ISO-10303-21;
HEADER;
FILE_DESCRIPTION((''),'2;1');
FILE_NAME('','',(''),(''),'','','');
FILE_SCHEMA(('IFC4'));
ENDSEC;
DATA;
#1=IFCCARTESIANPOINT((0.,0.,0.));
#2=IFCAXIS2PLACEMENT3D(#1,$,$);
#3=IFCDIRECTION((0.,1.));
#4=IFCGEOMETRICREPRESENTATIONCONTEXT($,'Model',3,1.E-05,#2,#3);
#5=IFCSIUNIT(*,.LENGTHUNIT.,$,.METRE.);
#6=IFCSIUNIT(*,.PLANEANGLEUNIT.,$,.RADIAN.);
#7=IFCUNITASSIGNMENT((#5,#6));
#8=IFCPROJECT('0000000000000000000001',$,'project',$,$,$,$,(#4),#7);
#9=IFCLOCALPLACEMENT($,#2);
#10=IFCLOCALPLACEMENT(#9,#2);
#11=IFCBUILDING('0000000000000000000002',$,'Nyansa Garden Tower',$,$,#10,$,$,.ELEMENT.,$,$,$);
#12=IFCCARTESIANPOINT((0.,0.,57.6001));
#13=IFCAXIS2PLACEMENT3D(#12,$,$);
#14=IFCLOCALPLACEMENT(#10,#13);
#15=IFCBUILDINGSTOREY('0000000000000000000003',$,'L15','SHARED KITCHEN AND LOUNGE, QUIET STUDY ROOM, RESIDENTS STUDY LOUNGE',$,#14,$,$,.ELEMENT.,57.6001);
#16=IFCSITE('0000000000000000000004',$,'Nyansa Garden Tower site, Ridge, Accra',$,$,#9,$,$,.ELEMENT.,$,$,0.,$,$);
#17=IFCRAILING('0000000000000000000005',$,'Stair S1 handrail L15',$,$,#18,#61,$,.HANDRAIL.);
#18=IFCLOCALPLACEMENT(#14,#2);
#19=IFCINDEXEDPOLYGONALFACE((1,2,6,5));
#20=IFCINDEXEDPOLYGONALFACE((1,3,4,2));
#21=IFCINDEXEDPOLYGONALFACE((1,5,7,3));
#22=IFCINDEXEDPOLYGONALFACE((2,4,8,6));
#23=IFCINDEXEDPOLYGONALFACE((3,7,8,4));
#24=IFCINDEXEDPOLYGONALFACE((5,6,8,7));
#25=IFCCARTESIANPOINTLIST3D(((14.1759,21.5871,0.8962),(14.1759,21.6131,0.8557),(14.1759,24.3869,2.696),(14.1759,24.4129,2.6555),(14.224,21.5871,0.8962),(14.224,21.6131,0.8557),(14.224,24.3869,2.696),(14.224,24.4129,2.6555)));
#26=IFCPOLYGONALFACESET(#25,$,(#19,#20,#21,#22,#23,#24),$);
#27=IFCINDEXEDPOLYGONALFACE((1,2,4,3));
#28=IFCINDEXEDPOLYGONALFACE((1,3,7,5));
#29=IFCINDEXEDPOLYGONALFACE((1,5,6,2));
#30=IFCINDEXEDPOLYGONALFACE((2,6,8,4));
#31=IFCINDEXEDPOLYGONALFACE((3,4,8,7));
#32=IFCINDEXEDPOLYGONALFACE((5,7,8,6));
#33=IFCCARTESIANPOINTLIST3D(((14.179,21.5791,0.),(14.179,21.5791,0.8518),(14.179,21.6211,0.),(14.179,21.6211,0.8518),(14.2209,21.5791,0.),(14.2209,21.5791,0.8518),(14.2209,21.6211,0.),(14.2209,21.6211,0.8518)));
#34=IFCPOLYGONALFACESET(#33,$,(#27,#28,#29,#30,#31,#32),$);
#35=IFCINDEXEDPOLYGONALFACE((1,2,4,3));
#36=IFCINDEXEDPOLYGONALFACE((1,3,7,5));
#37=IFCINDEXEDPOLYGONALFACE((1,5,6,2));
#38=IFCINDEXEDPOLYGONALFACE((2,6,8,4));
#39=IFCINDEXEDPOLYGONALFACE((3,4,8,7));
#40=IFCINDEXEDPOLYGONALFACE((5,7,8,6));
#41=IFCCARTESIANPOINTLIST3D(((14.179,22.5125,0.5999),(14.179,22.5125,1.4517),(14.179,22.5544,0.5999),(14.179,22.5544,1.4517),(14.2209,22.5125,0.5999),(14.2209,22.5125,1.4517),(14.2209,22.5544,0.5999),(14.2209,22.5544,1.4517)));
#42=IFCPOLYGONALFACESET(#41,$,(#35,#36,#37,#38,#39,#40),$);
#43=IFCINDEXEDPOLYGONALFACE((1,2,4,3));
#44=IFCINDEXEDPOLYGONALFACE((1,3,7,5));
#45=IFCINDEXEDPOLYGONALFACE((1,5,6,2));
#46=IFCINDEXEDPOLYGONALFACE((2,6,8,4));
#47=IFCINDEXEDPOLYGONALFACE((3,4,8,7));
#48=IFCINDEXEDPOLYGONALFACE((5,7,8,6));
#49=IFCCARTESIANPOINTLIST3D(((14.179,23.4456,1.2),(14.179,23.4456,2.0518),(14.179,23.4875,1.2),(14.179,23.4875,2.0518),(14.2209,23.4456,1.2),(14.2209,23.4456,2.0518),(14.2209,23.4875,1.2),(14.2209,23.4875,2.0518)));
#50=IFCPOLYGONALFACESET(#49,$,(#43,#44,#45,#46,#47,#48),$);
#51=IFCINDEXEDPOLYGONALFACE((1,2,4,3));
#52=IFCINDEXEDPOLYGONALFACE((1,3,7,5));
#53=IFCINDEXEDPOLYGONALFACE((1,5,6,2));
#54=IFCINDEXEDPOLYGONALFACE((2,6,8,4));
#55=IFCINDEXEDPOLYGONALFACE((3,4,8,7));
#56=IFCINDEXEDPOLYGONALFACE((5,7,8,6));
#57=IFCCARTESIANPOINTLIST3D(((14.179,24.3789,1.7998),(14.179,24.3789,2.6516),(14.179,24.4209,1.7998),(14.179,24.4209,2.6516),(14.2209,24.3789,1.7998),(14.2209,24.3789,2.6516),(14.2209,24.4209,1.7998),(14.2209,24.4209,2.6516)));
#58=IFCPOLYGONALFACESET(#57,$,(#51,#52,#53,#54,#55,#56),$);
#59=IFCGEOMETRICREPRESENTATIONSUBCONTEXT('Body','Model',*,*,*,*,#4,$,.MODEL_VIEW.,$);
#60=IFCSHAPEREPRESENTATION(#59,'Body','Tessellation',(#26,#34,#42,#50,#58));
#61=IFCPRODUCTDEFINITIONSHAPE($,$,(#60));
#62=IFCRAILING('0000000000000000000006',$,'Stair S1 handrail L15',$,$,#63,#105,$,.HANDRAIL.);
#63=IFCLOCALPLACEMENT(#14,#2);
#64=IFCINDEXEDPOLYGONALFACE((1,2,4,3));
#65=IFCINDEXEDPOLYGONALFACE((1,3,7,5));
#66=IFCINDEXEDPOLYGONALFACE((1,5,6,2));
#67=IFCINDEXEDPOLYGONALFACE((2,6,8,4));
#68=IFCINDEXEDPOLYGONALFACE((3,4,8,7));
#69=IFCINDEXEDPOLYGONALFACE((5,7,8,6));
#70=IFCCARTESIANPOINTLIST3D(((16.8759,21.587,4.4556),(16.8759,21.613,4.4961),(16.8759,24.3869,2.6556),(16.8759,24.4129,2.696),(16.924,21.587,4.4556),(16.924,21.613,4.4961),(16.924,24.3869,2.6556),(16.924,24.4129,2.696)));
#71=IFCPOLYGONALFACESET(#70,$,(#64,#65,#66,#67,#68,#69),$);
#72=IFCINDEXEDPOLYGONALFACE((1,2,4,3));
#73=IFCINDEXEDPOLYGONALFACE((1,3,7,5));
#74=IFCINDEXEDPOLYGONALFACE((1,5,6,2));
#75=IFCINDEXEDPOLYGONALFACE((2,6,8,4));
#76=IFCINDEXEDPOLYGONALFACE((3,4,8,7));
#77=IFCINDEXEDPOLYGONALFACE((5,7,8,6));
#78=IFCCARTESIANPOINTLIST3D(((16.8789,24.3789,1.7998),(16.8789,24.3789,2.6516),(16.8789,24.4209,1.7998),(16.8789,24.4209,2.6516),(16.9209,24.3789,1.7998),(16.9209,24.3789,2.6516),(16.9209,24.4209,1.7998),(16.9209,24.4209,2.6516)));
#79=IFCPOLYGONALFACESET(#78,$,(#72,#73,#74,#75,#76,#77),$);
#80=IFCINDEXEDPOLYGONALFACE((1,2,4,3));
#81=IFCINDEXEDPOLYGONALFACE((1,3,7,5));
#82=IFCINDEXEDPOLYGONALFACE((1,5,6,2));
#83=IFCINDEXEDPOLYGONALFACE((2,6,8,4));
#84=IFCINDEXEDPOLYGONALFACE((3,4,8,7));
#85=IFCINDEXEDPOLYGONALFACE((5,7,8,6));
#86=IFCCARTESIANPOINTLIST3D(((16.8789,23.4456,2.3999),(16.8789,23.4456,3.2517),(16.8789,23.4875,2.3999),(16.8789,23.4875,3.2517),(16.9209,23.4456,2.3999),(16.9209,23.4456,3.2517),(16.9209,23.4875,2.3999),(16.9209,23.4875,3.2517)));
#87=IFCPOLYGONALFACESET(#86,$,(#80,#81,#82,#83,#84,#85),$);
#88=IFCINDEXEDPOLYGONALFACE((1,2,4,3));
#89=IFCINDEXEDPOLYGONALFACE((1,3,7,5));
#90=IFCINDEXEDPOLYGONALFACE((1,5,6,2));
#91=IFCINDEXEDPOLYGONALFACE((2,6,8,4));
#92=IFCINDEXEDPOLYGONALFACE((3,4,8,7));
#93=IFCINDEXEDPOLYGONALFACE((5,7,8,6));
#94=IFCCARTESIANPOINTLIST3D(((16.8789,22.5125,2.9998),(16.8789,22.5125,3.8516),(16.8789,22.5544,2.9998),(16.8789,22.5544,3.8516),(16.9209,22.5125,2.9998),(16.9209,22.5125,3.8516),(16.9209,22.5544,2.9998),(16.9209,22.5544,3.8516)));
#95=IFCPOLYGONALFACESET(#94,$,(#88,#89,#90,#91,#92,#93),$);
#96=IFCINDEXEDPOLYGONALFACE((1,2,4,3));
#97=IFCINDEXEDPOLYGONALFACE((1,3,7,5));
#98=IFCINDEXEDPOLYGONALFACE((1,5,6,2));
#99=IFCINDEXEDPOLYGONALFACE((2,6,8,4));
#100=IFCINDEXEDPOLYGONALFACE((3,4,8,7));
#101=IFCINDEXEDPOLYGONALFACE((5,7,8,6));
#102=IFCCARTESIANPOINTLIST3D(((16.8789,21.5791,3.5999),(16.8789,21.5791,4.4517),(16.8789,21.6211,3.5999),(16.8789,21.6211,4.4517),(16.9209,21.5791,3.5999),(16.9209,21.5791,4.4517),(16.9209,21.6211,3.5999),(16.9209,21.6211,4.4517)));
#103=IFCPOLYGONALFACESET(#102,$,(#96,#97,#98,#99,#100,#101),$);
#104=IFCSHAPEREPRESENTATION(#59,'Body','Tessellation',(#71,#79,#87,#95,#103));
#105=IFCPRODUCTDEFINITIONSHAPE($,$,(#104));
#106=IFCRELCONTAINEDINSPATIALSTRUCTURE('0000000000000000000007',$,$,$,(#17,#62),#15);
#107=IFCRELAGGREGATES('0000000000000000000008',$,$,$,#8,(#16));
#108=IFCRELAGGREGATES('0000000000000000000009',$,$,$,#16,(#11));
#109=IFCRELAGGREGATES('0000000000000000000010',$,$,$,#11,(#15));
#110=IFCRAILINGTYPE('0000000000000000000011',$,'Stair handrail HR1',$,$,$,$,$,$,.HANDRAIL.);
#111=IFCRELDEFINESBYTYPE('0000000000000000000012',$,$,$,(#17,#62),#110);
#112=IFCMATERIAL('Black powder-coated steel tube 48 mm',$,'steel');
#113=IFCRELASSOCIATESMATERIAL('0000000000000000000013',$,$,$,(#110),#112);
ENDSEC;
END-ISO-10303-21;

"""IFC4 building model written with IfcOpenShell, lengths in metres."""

from ifc_helpers import new_model, si_unit, direction, frame, origin, origin_2d, place, context, subcontext, project, spatial, rectangle, extrude, material, type_object, element, save


model = new_model("IFC4")

# Units and contexts
model_context = context("Model", 3, precision=1e-05, world=origin(), true_north=direction((0.0, 1.0)))
body_context = subcontext(model_context, "Body", "Model", "MODEL_VIEW")
ifc_project = project(units=[si_unit("LENGTHUNIT", "METRE"), si_unit("PLANEANGLEUNIT", "RADIAN")], contexts=[model_context])

# Site, building, storey
site_placement = place(None, origin())
site = spatial("IfcSite", under=ifc_project, at=site_placement, Name="Nyansa Garden Tower site, Ridge, Accra", CompositionType="ELEMENT", RefElevation=0.0)
building_placement = place(site_placement, origin())
building = spatial("IfcBuilding", under=site, at=building_placement, Name="Nyansa Garden Tower", CompositionType="ELEMENT")
storey_placement = place(building_placement, frame((0.0, 0.0, 57.6001)))
storey = spatial("IfcBuildingStorey", under=building, at=storey_placement, Name="L15", Description="SHARED KITCHEN AND LOUNGE, QUIET STUDY ROOM, RESIDENTS STUDY LOUNGE", CompositionType="ELEMENT", Elevation=57.6001)

# Railings
ifc_material_1 = material(Name="Black powder-coated steel tube 48 mm", Category="steel")
railing_type = type_object("IfcRailingType", Name="Stair handrail HR1", PredefinedType="HANDRAIL", material=ifc_material_1)
railing_1_placement = place(storey_placement, frame((14.2, 21.6001, 0.0)))
element("IfcRailing", 1, at=railing_1_placement, inside=storey, type_object=railing_type, Name="Stair S1 handrail L15", PredefinedType="HANDRAIL", context=body_context, shape_type="SweptSolid", body=[
    extrude(rectangle(XDim=0.0481, YDim=0.0481, at=origin_2d()), frame((0.0, 0.0, 0.876), z_axis=(0.0, 0.841188, 0.540743), x_axis=(-1.0, 0.0, 0.0)), (0.0, 0.0, 1.0), 3.3284),
    extrude(rectangle(XDim=0.042, YDim=0.042, at=origin_2d()), origin(), (0.0, 0.0, 1.0), 0.8518),
    extrude(rectangle(XDim=0.042, YDim=0.042, at=origin_2d()), frame((0.0, 0.9333, 0.5999)), (0.0, 0.0, 1.0), 0.8518),
    extrude(rectangle(XDim=0.042, YDim=0.042, at=origin_2d()), frame((0.0, 1.8665, 1.2)), (0.0, 0.0, 1.0), 0.8518),
    extrude(rectangle(XDim=0.042, YDim=0.042, at=origin_2d()), frame((0.0, 2.7998, 1.7998)), (0.0, 0.0, 1.0), 0.8518),
])
railing_2_placement = place(storey_placement, frame((16.8999, 24.3999, 1.7998)))
element("IfcRailing", 2, at=railing_2_placement, inside=storey, type_object=railing_type, Name="Stair S1 handrail L15", PredefinedType="HANDRAIL", context=body_context, shape_type="SweptSolid", body=[
    extrude(rectangle(XDim=0.0481, YDim=0.0481, at=origin_2d()), frame((0.0, 0.0, 0.876), z_axis=(0.0, -0.841155, 0.540795), x_axis=(1.0, 0.0, 0.0)), (0.0, 0.0, 1.0), 3.3286),
    extrude(rectangle(XDim=0.042, YDim=0.042, at=origin_2d()), origin(), (0.0, 0.0, 1.0), 0.8518),
    extrude(rectangle(XDim=0.042, YDim=0.042, at=origin_2d()), frame((0.0, -0.9333, 0.6001)), (0.0, 0.0, 1.0), 0.8518),
    extrude(rectangle(XDim=0.042, YDim=0.042, at=origin_2d()), frame((0.0, -1.8665, 1.2)), (0.0, 0.0, 1.0), 0.8518),
    extrude(rectangle(XDim=0.042, YDim=0.042, at=origin_2d()), frame((0.0, -2.7998, 1.8)), (0.0, 0.0, 1.0), 0.8518),
])

save(model, "model.ifc")
